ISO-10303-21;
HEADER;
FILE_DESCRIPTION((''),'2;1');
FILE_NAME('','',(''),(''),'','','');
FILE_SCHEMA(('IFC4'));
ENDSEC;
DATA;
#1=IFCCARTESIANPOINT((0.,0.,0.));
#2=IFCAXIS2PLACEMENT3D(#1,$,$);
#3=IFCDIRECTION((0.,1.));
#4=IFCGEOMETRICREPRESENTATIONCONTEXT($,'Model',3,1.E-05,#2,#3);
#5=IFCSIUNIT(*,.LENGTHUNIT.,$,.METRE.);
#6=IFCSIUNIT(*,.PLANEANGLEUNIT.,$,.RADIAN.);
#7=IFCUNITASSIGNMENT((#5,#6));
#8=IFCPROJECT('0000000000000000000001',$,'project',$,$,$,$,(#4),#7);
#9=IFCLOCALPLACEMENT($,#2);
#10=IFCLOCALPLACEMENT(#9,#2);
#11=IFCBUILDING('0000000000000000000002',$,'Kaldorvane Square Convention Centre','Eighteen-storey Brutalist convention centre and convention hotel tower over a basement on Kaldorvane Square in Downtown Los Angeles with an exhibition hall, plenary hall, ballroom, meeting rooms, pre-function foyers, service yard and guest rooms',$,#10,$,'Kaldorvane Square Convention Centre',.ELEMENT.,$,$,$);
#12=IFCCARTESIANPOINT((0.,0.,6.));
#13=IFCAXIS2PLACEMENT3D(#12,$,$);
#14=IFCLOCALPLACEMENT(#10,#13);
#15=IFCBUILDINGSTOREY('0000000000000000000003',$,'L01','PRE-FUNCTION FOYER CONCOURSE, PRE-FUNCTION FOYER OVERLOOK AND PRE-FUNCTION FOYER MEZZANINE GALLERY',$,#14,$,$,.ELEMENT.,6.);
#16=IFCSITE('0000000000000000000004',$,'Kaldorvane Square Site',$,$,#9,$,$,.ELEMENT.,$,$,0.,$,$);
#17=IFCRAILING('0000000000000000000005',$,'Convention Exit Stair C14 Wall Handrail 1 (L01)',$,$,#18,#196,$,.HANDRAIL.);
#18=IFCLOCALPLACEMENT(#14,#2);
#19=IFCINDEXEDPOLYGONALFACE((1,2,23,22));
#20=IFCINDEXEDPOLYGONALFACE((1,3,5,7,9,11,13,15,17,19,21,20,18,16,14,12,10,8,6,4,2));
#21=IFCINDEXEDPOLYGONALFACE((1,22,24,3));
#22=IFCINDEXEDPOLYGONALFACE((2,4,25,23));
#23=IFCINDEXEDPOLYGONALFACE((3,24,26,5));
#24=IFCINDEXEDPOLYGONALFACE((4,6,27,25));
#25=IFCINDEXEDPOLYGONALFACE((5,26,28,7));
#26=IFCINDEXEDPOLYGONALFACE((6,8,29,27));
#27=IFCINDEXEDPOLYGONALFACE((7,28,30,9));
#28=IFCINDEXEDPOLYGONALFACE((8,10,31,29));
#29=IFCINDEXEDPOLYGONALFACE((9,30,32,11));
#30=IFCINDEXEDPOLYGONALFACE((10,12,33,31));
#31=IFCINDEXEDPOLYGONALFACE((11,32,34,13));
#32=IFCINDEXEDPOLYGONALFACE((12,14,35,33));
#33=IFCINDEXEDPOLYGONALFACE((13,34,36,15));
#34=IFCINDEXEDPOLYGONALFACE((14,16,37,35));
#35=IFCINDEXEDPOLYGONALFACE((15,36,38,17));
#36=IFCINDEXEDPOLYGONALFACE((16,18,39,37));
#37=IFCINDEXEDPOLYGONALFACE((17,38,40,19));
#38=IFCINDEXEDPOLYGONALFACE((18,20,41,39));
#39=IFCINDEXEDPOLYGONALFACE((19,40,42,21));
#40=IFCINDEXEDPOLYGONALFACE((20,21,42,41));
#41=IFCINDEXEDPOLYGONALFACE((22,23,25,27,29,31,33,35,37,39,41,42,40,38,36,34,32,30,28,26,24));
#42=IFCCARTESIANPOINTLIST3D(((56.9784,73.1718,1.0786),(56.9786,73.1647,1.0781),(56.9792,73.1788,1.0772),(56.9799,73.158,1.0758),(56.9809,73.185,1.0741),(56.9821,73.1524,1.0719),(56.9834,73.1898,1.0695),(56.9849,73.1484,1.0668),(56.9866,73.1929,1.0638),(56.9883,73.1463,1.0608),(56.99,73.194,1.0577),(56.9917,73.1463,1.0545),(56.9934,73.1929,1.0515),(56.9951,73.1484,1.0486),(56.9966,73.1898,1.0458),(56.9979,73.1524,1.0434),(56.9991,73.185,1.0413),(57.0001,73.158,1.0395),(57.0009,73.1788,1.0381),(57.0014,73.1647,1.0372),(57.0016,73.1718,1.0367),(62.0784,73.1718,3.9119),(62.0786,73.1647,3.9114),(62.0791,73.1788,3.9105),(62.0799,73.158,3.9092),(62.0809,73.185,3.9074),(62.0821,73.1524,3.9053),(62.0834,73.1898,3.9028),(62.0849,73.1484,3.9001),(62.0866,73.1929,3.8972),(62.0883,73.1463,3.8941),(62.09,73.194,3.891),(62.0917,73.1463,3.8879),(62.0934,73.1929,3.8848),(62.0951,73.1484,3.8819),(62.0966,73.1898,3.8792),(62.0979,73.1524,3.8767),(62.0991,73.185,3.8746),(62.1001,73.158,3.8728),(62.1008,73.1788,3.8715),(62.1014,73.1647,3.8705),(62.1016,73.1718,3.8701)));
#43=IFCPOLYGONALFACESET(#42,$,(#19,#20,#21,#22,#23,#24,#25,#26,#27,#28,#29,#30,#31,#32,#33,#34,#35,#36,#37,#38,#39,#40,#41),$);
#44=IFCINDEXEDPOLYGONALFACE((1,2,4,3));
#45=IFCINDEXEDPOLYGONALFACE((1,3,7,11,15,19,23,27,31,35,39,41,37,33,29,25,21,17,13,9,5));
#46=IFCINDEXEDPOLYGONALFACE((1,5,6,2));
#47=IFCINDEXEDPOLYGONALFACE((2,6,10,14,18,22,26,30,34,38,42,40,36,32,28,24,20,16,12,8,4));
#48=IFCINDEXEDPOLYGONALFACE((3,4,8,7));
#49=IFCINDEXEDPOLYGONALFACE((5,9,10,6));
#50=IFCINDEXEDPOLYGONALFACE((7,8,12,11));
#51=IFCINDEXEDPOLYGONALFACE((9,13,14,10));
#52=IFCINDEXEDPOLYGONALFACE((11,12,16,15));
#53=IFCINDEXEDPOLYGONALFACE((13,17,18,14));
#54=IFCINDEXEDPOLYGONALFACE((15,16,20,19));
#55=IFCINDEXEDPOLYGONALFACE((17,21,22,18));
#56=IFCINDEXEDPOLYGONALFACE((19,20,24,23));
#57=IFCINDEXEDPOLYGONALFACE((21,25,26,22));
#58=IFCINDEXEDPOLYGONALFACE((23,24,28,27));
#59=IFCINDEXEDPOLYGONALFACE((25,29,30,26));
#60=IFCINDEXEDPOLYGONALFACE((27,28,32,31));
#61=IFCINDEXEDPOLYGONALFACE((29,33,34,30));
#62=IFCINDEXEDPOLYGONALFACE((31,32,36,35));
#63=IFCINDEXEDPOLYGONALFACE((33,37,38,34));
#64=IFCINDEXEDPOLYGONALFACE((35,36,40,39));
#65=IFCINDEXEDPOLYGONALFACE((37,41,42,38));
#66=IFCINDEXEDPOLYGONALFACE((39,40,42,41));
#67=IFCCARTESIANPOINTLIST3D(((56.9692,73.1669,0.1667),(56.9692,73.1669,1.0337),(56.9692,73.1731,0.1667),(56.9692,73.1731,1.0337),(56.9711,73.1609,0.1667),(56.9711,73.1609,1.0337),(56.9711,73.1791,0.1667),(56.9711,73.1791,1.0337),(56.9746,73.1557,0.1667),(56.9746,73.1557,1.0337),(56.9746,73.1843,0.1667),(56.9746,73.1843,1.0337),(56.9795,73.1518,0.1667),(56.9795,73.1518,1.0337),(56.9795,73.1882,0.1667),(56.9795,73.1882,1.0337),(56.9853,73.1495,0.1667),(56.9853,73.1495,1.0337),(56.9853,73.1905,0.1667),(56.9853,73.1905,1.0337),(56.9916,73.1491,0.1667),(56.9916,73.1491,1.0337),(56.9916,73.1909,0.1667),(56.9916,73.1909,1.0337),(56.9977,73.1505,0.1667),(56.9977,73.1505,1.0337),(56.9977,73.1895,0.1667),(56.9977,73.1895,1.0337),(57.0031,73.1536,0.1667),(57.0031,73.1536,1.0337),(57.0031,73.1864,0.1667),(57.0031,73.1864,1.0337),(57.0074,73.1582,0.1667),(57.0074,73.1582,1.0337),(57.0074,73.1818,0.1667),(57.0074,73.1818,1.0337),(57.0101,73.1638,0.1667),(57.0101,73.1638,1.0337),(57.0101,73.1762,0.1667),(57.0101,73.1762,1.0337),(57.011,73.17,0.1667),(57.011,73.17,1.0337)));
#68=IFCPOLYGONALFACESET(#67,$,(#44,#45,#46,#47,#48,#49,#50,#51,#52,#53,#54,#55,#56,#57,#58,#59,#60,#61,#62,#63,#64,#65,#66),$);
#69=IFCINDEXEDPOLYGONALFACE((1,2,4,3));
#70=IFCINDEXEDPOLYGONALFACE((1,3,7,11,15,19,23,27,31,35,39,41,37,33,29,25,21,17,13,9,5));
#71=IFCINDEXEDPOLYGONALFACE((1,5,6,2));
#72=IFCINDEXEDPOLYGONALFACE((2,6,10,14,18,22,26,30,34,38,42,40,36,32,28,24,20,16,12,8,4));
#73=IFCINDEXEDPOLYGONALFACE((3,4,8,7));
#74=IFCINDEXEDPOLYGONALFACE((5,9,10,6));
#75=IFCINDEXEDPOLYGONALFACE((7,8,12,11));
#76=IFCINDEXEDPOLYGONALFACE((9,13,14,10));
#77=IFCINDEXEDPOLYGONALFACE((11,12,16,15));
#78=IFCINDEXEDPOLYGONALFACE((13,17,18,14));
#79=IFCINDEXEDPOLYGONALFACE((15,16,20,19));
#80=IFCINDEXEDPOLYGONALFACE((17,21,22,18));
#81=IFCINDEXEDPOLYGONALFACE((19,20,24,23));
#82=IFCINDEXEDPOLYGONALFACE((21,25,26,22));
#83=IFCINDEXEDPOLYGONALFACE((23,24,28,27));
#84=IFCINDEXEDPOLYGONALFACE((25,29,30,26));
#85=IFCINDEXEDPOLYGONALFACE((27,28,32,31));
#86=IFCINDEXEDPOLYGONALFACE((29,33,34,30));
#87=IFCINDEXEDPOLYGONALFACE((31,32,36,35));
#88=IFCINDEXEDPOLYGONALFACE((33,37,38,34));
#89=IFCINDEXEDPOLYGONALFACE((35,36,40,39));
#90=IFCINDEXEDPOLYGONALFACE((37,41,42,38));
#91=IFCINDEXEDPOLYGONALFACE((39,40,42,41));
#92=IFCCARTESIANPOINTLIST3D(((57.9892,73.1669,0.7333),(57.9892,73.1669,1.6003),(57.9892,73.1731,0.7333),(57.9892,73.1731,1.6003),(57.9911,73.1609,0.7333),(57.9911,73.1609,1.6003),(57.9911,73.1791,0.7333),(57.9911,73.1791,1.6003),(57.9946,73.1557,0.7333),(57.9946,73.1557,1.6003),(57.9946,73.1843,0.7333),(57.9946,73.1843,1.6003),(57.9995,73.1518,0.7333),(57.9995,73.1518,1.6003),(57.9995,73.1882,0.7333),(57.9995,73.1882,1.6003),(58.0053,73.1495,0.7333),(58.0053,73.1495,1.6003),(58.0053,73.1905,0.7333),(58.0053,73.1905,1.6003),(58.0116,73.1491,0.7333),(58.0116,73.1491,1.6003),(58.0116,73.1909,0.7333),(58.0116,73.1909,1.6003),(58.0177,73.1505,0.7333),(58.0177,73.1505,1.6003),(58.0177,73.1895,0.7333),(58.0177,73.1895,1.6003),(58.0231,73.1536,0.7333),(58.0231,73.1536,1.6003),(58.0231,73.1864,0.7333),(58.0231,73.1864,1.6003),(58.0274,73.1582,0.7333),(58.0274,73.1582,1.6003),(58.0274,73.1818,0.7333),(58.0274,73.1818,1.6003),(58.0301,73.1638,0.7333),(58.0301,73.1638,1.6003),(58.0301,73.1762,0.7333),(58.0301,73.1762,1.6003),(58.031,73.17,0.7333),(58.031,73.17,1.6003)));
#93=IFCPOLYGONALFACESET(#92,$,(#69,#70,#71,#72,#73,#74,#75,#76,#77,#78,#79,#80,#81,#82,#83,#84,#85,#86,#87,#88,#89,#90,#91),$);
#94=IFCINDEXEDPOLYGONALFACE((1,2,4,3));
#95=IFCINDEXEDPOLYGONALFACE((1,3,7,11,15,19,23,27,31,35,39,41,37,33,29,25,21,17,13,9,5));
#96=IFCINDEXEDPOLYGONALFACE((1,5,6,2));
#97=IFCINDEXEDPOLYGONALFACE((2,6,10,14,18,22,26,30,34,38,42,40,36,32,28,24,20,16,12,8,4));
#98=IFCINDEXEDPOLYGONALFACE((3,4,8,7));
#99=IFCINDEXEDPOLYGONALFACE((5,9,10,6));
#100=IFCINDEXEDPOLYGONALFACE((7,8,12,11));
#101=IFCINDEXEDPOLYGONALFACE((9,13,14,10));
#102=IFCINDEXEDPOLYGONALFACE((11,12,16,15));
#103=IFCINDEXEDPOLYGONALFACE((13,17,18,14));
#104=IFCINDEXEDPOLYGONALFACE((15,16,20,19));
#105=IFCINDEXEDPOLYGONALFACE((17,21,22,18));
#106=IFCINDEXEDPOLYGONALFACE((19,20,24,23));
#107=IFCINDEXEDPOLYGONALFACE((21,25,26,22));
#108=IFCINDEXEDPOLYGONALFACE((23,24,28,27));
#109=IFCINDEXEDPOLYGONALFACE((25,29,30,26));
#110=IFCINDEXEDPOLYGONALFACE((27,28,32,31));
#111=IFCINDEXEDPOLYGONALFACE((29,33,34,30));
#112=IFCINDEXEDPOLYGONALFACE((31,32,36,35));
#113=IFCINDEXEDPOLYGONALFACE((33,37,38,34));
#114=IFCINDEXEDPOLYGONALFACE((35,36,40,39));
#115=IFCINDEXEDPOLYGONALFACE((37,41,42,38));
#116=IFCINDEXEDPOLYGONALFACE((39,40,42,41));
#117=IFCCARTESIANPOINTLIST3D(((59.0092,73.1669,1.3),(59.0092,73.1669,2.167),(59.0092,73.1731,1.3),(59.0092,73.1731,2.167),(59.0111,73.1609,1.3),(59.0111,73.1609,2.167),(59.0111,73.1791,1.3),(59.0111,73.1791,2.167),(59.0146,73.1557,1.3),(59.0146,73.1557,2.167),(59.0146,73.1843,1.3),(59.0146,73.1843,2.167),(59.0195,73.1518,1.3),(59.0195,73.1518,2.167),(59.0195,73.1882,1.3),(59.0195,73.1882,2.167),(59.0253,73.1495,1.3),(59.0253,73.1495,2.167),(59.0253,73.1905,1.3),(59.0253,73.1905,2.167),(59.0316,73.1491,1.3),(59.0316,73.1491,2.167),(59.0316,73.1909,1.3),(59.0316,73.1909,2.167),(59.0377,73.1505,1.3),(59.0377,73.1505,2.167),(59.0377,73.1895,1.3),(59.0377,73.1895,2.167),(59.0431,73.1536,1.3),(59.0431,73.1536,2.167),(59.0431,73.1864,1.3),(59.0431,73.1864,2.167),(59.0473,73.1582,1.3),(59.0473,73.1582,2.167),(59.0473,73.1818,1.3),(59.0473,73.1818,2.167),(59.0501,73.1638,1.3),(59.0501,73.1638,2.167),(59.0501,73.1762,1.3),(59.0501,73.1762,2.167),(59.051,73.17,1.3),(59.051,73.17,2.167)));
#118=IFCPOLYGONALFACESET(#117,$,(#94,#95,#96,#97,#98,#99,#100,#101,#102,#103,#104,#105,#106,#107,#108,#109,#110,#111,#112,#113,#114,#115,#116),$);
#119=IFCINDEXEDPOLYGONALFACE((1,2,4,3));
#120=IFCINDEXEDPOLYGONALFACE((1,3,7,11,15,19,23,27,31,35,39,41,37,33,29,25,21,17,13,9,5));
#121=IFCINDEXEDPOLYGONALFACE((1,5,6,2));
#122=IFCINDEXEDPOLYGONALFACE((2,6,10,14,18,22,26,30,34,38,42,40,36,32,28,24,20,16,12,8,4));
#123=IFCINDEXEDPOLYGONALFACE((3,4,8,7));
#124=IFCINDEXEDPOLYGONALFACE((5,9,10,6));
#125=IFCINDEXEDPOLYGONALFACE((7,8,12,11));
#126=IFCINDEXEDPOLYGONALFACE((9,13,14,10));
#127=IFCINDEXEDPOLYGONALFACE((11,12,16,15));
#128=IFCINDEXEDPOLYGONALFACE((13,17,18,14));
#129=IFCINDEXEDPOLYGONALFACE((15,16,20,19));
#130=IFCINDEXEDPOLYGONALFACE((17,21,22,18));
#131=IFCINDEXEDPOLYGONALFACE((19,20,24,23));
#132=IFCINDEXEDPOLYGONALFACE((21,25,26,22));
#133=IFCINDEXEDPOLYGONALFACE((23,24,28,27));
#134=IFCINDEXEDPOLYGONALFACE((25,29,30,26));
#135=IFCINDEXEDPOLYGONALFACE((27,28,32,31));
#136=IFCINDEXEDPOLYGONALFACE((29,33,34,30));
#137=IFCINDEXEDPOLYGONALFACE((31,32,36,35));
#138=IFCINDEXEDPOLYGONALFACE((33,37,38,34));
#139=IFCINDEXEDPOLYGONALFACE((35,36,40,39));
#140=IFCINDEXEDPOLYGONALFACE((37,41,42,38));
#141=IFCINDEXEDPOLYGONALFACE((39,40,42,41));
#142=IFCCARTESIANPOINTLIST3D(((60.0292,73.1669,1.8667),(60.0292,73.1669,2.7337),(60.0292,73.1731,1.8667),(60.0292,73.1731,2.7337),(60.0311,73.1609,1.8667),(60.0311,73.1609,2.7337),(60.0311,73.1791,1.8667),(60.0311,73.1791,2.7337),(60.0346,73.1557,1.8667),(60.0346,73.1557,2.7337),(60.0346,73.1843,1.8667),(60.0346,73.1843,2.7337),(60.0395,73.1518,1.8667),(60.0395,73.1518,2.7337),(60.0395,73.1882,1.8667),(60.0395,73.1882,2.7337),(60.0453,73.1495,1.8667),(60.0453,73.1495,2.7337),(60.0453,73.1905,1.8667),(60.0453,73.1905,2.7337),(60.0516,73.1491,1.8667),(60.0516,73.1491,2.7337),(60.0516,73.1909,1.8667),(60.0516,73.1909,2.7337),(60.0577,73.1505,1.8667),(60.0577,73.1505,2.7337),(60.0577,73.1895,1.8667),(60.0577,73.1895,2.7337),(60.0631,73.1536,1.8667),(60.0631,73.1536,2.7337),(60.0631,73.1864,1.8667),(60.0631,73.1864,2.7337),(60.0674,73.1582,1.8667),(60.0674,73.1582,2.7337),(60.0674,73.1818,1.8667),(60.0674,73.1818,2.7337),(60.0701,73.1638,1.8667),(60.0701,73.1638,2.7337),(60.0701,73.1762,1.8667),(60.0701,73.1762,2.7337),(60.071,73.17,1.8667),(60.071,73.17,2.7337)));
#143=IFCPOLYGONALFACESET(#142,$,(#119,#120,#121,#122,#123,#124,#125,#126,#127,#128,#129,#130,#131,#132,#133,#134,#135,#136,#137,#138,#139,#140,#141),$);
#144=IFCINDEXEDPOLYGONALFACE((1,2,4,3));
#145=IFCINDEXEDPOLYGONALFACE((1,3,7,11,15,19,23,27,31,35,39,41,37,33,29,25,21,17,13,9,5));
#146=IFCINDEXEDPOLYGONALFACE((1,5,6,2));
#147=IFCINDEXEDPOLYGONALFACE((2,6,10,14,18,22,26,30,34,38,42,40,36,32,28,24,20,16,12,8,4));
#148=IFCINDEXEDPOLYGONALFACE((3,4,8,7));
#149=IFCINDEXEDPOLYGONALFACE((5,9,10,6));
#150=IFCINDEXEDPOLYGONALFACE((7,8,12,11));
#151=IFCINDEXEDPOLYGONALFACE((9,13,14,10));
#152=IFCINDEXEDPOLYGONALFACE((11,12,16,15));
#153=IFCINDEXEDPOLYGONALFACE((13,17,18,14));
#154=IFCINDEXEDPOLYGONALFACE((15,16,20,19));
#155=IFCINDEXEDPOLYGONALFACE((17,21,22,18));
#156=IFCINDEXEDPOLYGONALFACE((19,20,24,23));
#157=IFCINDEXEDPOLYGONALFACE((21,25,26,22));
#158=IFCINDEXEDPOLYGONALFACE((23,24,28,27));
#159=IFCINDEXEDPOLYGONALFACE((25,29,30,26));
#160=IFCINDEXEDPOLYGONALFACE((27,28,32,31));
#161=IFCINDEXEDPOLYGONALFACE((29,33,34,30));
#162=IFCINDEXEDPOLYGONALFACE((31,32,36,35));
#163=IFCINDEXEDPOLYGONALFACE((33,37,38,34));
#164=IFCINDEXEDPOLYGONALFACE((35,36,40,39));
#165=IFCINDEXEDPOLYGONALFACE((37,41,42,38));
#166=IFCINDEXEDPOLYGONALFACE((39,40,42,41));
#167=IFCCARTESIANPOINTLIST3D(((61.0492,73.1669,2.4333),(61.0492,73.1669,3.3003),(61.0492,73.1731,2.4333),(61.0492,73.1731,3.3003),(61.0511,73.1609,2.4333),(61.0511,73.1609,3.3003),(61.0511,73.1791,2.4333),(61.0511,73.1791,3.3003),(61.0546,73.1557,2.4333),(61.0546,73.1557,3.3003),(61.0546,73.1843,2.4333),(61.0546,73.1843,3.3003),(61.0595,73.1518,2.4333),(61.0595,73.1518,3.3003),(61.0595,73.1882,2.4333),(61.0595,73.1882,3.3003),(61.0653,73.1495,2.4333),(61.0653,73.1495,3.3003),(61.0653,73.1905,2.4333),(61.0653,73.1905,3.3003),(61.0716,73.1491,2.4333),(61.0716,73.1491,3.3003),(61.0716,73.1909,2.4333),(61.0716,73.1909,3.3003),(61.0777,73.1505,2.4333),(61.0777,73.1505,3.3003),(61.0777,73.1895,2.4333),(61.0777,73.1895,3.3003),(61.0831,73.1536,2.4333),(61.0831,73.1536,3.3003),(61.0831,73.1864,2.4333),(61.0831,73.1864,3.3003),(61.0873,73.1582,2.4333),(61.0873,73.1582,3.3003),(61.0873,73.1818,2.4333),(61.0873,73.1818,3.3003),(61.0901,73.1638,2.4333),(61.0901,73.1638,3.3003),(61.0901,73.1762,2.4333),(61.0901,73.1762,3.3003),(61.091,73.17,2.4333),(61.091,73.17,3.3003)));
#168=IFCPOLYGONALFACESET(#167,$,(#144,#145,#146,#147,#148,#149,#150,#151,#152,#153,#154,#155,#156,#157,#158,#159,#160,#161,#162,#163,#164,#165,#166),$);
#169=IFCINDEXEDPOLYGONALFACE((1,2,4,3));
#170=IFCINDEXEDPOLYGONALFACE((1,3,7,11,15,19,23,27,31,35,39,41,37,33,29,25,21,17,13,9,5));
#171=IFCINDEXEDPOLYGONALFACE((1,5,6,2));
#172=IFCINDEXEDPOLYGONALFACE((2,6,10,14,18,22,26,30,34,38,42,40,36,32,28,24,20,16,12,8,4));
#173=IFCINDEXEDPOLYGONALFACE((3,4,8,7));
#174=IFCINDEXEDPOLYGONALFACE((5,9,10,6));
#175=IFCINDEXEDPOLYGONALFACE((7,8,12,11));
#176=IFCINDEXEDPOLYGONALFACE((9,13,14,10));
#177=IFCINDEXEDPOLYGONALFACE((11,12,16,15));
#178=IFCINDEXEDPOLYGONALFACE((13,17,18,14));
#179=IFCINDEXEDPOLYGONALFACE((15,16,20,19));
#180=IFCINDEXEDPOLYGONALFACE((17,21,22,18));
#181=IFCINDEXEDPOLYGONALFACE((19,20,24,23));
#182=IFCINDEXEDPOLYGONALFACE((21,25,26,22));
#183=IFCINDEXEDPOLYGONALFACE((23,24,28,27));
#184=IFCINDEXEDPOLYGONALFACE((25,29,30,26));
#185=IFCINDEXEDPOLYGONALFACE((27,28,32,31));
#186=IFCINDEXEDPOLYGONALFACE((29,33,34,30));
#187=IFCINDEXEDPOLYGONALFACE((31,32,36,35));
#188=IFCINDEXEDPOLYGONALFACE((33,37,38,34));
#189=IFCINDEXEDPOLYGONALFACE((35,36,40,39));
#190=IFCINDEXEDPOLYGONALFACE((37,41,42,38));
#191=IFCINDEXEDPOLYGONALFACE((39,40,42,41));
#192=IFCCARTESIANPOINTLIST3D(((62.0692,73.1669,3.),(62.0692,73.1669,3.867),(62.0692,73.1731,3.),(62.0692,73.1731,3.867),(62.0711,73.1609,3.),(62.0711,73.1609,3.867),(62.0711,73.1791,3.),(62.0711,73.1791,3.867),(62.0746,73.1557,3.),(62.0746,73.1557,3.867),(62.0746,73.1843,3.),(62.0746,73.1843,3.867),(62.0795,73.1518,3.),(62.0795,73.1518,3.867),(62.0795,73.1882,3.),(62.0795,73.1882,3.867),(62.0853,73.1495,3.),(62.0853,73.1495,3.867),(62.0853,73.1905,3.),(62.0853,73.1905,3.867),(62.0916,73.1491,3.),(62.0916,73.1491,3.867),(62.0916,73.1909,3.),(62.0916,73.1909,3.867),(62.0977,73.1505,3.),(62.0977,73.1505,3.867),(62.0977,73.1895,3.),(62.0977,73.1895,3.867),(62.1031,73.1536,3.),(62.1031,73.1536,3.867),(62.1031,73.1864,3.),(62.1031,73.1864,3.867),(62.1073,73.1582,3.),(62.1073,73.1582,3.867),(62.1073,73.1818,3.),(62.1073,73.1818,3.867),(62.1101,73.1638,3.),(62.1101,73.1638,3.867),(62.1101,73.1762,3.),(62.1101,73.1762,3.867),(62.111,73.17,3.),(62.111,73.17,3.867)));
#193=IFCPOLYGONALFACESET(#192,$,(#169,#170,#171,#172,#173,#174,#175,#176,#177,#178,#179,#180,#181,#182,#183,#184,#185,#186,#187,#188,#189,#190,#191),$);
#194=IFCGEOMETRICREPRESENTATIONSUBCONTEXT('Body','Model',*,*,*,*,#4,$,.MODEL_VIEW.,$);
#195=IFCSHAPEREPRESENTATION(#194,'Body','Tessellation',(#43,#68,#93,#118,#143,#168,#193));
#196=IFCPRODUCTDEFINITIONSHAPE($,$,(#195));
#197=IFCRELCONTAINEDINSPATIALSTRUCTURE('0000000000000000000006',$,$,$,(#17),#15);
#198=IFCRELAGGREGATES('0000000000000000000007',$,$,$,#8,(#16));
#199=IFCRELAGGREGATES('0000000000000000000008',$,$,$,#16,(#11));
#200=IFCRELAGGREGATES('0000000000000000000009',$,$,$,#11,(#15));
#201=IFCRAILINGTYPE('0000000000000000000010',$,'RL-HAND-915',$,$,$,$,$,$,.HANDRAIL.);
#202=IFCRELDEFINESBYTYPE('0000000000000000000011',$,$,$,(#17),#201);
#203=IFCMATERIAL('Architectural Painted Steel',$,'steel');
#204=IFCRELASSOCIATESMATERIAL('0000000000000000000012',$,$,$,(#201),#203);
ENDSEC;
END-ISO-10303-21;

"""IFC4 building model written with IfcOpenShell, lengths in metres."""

from ifc_helpers import new_model, si_unit, direction, frame, origin, origin_2d, place, context, subcontext, project, spatial, circle, extrude, material, type_object, element, save


model = new_model("IFC4")

# Units and contexts
model_context = context("Model", 3, precision=1e-05, world=origin(), true_north=direction((0.0, 1.0)))
body_context = subcontext(model_context, "Body", "Model", "MODEL_VIEW")
ifc_project = project(units=[si_unit("LENGTHUNIT", "METRE"), si_unit("PLANEANGLEUNIT", "RADIAN")], contexts=[model_context])

# Site, building, storey
site_placement = place(None, origin())
site = spatial("IfcSite", under=ifc_project, at=site_placement, Name="Kaldorvane Square Site", CompositionType="ELEMENT", RefElevation=0.0)
building_placement = place(site_placement, origin())
building = spatial("IfcBuilding", under=site, at=building_placement, Name="Kaldorvane Square Convention Centre", Description="Eighteen-storey Brutalist convention centre and convention hotel tower over a basement on Kaldorvane Square in Downtown Los Angeles with an exhibition hall, plenary hall, ballroom, meeting rooms, pre-function foyers, service yard and guest rooms", LongName="Kaldorvane Square Convention Centre", CompositionType="ELEMENT")
storey_placement = place(building_placement, frame((0.0, 0.0, 6.0)))
storey = spatial("IfcBuildingStorey", under=building, at=storey_placement, Name="L01", Description="PRE-FUNCTION FOYER CONCOURSE, PRE-FUNCTION FOYER OVERLOOK AND PRE-FUNCTION FOYER MEZZANINE GALLERY", CompositionType="ELEMENT", Elevation=6.0)

# Railing
ifc_material_1 = material(Name="Architectural Painted Steel", Category="steel")
railing_type_1 = type_object("IfcRailingType", Name="RL-HAND-915", PredefinedType="HANDRAIL", material=ifc_material_1)
railing_1_placement = place(storey_placement, frame((56.99, 73.17, 0.1667)))
element("IfcRailing", 1, at=railing_1_placement, inside=storey, type_object=railing_type_1, Name="Convention Exit Stair C14 Wall Handrail 1 (L01)", PredefinedType="HANDRAIL", context=body_context, shape_type="SweptSolid", body=[
    extrude(circle(Radius=0.024, at=origin_2d()), frame((0.0, 0.0, 0.891), z_axis=(0.874157, 0.0, 0.485643), x_axis=(0.0, 1.0, 0.0)), (0.0, 0.0, 1.0), 5.8342),
    extrude(circle(Radius=0.021, at=origin_2d()), origin(), (0.0, 0.0, 1.0), 0.867),
    extrude(circle(Radius=0.021, at=origin_2d()), frame((1.02, 0.0, 0.5667)), (0.0, 0.0, 1.0), 0.867),
    extrude(circle(Radius=0.021, at=origin_2d()), frame((2.04, 0.0, 1.1333)), (0.0, 0.0, 1.0), 0.867),
    extrude(circle(Radius=0.021, at=origin_2d()), frame((3.06, 0.0, 1.7)), (0.0, 0.0, 1.0), 0.867),
    extrude(circle(Radius=0.021, at=origin_2d()), frame((4.08, 0.0, 2.2667)), (0.0, 0.0, 1.0), 0.867),
    extrude(circle(Radius=0.021, at=origin_2d()), frame((5.1, 0.0, 2.8333)), (0.0, 0.0, 1.0), 0.867),
])

save(model, "model.ifc")
